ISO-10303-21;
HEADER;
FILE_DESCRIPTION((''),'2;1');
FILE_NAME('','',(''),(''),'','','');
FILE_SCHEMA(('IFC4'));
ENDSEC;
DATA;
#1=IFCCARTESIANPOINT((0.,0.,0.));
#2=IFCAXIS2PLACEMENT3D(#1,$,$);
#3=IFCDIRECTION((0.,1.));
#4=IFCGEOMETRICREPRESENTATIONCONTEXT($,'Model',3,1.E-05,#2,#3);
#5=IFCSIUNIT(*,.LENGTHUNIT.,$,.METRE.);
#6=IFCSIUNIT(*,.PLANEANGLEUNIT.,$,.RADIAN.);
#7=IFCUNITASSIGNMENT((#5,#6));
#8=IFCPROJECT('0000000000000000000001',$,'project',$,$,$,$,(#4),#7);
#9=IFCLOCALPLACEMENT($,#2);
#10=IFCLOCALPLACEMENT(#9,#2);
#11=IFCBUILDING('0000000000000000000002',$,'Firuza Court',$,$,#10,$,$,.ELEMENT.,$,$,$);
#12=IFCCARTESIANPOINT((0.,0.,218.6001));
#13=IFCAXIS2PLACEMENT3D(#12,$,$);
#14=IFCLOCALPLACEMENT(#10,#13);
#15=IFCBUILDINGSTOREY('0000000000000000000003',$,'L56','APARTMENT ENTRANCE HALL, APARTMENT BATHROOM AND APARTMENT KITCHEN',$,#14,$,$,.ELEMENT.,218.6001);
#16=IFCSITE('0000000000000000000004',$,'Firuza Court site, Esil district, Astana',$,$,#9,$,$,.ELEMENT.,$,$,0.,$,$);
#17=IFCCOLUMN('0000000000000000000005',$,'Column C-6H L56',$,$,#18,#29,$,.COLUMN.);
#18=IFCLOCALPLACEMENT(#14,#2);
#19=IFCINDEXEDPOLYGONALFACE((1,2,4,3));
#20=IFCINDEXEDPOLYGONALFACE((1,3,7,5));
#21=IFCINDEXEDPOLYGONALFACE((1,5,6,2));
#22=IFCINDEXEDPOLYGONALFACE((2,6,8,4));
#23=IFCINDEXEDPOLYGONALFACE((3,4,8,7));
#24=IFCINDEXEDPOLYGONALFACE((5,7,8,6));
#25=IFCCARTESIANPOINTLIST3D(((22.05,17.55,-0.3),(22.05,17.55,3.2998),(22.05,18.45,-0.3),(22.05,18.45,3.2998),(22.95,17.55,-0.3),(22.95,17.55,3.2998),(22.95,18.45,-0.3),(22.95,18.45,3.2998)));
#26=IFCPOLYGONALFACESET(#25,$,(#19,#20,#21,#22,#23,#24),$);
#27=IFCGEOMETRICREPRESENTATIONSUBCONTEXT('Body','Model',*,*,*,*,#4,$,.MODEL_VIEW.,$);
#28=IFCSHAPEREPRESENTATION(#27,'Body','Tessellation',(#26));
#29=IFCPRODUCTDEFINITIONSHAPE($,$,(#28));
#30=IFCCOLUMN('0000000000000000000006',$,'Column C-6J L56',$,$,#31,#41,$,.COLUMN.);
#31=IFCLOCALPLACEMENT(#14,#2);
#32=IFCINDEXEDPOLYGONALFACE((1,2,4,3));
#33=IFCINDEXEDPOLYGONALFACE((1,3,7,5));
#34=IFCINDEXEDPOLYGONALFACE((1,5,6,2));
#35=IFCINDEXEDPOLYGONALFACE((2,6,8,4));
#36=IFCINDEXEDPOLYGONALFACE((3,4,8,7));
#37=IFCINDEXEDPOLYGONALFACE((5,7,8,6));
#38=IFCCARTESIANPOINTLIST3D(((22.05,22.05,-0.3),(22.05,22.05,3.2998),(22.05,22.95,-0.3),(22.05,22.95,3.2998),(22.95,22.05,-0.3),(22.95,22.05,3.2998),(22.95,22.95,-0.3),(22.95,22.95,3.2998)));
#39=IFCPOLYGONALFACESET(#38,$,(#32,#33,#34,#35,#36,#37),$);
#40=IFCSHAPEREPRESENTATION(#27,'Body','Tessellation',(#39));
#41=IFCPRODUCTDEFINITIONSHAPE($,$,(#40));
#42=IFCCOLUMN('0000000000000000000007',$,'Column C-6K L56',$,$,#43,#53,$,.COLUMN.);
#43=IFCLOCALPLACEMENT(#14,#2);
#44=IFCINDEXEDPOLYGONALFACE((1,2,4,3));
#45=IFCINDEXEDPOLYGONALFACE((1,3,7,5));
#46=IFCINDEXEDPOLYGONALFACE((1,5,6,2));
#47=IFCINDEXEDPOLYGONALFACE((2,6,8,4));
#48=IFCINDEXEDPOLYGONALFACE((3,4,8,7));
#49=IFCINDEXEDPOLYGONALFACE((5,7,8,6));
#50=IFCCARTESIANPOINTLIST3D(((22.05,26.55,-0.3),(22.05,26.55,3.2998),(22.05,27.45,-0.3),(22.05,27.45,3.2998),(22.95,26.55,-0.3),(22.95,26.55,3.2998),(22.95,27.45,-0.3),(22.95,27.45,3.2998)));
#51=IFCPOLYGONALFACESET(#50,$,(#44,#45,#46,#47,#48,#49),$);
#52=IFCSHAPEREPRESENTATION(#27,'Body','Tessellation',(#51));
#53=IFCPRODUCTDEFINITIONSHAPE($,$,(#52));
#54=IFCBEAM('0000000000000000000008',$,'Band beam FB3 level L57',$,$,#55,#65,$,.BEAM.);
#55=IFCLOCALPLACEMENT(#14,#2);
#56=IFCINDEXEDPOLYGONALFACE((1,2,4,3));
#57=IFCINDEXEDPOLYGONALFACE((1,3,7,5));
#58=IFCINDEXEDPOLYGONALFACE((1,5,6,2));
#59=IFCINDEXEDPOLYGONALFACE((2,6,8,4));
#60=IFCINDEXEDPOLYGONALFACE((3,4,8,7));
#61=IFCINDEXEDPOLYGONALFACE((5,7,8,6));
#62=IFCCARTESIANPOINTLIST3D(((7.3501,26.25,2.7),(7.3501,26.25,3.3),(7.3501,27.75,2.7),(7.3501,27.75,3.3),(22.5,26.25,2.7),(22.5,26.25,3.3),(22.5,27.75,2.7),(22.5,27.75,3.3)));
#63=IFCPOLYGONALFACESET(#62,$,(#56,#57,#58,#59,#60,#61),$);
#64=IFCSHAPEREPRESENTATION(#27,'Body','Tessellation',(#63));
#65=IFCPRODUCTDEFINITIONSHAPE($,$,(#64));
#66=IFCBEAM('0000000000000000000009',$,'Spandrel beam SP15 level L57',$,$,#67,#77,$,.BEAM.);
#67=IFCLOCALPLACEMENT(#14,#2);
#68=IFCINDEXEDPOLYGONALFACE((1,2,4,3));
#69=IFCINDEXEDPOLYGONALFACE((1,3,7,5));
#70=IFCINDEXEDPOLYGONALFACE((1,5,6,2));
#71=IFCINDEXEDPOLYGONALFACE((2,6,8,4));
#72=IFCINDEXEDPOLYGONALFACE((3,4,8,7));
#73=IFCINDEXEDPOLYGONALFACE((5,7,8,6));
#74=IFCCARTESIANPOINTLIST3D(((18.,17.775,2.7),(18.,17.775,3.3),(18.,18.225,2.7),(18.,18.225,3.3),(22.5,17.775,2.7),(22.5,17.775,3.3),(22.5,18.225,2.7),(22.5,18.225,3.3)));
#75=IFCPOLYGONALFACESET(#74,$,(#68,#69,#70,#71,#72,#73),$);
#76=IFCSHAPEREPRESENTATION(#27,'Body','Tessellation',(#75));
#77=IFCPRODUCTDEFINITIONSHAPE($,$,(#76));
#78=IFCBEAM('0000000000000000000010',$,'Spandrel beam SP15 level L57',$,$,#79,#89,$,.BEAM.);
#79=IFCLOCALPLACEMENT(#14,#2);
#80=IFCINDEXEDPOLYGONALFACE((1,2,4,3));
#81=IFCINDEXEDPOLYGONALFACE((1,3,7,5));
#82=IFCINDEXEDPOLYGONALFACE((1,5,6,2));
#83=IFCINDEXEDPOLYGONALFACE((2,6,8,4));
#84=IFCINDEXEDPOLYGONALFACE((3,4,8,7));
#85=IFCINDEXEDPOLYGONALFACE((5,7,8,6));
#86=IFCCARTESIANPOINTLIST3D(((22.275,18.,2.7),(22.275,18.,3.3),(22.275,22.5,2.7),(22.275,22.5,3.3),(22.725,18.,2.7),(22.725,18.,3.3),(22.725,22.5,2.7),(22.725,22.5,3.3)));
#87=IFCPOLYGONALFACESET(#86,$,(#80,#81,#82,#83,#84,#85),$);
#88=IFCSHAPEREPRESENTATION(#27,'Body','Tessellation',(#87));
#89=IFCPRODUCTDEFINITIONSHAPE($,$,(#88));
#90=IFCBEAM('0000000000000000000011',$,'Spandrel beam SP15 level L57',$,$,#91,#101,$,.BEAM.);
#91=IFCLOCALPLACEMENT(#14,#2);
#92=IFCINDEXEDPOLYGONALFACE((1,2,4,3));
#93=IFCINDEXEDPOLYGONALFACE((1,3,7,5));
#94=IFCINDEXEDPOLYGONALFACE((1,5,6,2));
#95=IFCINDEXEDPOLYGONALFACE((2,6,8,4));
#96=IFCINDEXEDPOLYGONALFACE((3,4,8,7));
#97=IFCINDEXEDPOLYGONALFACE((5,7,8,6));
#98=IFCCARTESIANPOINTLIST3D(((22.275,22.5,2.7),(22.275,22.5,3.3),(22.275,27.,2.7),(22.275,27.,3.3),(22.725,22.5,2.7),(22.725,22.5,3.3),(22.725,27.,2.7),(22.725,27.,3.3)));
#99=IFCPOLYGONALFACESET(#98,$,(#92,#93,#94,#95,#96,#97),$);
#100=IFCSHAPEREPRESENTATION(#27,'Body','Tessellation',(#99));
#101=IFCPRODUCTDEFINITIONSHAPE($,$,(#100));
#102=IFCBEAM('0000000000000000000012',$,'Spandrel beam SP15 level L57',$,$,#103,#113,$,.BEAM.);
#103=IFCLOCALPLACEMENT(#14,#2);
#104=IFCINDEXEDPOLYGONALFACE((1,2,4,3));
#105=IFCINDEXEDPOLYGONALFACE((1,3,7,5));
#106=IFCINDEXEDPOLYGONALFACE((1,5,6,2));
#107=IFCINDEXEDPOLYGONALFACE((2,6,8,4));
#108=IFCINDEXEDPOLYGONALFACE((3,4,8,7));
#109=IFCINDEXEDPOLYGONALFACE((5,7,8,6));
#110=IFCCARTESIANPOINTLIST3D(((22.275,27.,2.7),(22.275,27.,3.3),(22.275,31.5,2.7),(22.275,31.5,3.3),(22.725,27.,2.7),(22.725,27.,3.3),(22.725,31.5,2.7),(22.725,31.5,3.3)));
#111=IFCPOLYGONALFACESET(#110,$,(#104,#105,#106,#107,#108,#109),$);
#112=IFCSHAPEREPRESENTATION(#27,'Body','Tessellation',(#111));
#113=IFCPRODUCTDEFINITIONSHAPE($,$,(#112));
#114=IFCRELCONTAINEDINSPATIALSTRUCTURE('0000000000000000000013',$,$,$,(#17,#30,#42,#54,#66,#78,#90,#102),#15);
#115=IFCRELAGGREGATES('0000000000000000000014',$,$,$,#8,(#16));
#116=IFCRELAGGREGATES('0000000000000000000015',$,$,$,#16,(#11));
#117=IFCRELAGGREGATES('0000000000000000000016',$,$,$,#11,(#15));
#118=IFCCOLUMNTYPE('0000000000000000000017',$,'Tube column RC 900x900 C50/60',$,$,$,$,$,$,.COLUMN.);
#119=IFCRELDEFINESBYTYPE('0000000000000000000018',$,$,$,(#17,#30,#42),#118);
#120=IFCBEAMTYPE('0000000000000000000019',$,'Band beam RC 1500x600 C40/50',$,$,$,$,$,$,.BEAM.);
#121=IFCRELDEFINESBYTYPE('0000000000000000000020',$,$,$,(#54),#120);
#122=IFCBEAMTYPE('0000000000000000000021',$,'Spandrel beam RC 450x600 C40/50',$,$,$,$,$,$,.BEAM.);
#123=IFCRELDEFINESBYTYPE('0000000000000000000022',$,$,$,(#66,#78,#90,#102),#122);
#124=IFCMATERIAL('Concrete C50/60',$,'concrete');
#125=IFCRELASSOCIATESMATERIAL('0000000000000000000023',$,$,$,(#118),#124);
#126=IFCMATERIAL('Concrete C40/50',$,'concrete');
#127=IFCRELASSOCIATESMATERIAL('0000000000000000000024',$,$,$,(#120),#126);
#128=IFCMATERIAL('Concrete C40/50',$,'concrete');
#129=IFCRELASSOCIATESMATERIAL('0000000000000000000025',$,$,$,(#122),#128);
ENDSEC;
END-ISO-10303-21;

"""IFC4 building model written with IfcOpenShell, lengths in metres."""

from ifc_helpers import new_model, si_unit, direction, frame, origin, origin_2d, place, context, subcontext, project, spatial, rectangle, extrude, material, material_profile, profile_set, type_object, element, save


model = new_model("IFC4")

# Units and contexts
model_context = context("Model", 3, precision=1e-05, world=origin(), true_north=direction((0.0, 1.0)))
body_context = subcontext(model_context, "Body", "Model", "MODEL_VIEW")
ifc_project = project(units=[si_unit("LENGTHUNIT", "METRE"), si_unit("PLANEANGLEUNIT", "RADIAN")], contexts=[model_context])

# Site, building, storey
site_placement = place(None, origin())
site = spatial("IfcSite", under=ifc_project, at=site_placement, Name="Firuza Court site, Esil district, Astana", CompositionType="ELEMENT", RefElevation=0.0)
building_placement = place(site_placement, origin())
building = spatial("IfcBuilding", under=site, at=building_placement, Name="Firuza Court", CompositionType="ELEMENT")
storey_placement = place(building_placement, frame((0.0, 0.0, 218.6001)))
storey = spatial("IfcBuildingStorey", under=building, at=storey_placement, Name="L56", Description="APARTMENT ENTRANCE HALL, APARTMENT BATHROOM AND APARTMENT KITCHEN", CompositionType="ELEMENT", Elevation=218.6001)

# Columns
ifc_material_1 = material(Name="Concrete C50/60", Category="concrete")
ifc_material_profile_1 = material_profile(ifc_material_1, rectangle(XDim=0.8999, YDim=0.8999, at=origin_2d()), Name="RC 900x900")
ifc_profile_set_1 = profile_set([ifc_material_profile_1], Name="Concrete C50/60")
column_type = type_object("IfcColumnType", Name="Tube column RC 900x900 C50/60", PredefinedType="COLUMN", material=ifc_profile_set_1)
for number, where, z_axis, x_axis, name in (
    (1, (22.5, 18.0, -0.3), (0.0, 0.0, 1.0), (1.0, 0.0, 0.0), "Column C-6H L56"),
    (2, (22.5, 22.5, -0.3), (0.0, 0.0, 1.0), (1.0, 0.0, 0.0), "Column C-6J L56"),
    (3, (22.5, 27.0, -0.3), (0.0, 0.0, 1.0), (1.0, 0.0, 0.0), "Column C-6K L56"),
):
    element("IfcColumn", number, at=place(storey_placement, frame(where, z_axis=z_axis, x_axis=x_axis)), inside=storey, type_object=column_type, Name=name, PredefinedType="COLUMN", context=body_context, shape_type="SweptSolid", body=[
        extrude(rectangle(XDim=0.8999, YDim=0.8999, at=origin_2d()), origin(), (0.0, 0.0, 1.0), 3.5999),
    ])

# Beams
ifc_material_2 = material(Name="Concrete C40/50", Category="concrete")
ifc_material_profile_2 = material_profile(ifc_material_2, rectangle(XDim=1.5, YDim=0.6001, at=origin_2d()), Name="RC 1500x600")
ifc_profile_set_2 = profile_set([ifc_material_profile_2], Name="Concrete C40/50")
beam_type_1 = type_object("IfcBeamType", Name="Band beam RC 1500x600 C40/50", PredefinedType="BEAM", material=ifc_profile_set_2)
beam_placement = place(storey_placement, frame((22.5, 27.0, 3.0), z_axis=(-1.0, 0.0, 0.0), x_axis=(0.0, -1.0, 0.0)))
element("IfcBeam", 4, at=beam_placement, inside=storey, type_object=beam_type_1, Name="Band beam FB3 level L57", PredefinedType="BEAM", context=body_context, shape_type="SweptSolid", body=[
    extrude(rectangle(XDim=1.5, YDim=0.6001, at=origin_2d()), origin(), (0.0, 0.0, 1.0), 15.1499),
])
ifc_material_3 = material(Name="Concrete C40/50", Category="concrete")
ifc_material_profile_3 = material_profile(ifc_material_3, rectangle(XDim=0.45, YDim=0.6001, at=origin_2d()), Name="RC 450x600")
ifc_profile_set_3 = profile_set([ifc_material_profile_3], Name="Concrete C40/50")
beam_type_2 = type_object("IfcBeamType", Name="Spandrel beam RC 450x600 C40/50", PredefinedType="BEAM", material=ifc_profile_set_3)
for number, where, z_axis, x_axis, name in (
    (5, (18.0, 18.0, 3.0), (1.0, 0.0, 0.0), (0.0, 1.0, 0.0), "Spandrel beam SP15 level L57"),
    (6, (22.5, 18.0, 3.0), (0.0, 1.0, 0.0), (-1.0, 0.0, 0.0), "Spandrel beam SP15 level L57"),
    (7, (22.5, 22.5, 3.0), (0.0, 1.0, 0.0), (-1.0, 0.0, 0.0), "Spandrel beam SP15 level L57"),
    (8, (22.5, 27.0, 3.0), (0.0, 1.0, 0.0), (-1.0, 0.0, 0.0), "Spandrel beam SP15 level L57"),
):
    element("IfcBeam", number, at=place(storey_placement, frame(where, z_axis=z_axis, x_axis=x_axis)), inside=storey, type_object=beam_type_2, Name=name, PredefinedType="BEAM", context=body_context, shape_type="SweptSolid", body=[
        extrude(rectangle(XDim=0.45, YDim=0.6001, at=origin_2d()), origin(), (0.0, 0.0, 1.0), 4.5),
    ])

save(model, "model.ifc")
